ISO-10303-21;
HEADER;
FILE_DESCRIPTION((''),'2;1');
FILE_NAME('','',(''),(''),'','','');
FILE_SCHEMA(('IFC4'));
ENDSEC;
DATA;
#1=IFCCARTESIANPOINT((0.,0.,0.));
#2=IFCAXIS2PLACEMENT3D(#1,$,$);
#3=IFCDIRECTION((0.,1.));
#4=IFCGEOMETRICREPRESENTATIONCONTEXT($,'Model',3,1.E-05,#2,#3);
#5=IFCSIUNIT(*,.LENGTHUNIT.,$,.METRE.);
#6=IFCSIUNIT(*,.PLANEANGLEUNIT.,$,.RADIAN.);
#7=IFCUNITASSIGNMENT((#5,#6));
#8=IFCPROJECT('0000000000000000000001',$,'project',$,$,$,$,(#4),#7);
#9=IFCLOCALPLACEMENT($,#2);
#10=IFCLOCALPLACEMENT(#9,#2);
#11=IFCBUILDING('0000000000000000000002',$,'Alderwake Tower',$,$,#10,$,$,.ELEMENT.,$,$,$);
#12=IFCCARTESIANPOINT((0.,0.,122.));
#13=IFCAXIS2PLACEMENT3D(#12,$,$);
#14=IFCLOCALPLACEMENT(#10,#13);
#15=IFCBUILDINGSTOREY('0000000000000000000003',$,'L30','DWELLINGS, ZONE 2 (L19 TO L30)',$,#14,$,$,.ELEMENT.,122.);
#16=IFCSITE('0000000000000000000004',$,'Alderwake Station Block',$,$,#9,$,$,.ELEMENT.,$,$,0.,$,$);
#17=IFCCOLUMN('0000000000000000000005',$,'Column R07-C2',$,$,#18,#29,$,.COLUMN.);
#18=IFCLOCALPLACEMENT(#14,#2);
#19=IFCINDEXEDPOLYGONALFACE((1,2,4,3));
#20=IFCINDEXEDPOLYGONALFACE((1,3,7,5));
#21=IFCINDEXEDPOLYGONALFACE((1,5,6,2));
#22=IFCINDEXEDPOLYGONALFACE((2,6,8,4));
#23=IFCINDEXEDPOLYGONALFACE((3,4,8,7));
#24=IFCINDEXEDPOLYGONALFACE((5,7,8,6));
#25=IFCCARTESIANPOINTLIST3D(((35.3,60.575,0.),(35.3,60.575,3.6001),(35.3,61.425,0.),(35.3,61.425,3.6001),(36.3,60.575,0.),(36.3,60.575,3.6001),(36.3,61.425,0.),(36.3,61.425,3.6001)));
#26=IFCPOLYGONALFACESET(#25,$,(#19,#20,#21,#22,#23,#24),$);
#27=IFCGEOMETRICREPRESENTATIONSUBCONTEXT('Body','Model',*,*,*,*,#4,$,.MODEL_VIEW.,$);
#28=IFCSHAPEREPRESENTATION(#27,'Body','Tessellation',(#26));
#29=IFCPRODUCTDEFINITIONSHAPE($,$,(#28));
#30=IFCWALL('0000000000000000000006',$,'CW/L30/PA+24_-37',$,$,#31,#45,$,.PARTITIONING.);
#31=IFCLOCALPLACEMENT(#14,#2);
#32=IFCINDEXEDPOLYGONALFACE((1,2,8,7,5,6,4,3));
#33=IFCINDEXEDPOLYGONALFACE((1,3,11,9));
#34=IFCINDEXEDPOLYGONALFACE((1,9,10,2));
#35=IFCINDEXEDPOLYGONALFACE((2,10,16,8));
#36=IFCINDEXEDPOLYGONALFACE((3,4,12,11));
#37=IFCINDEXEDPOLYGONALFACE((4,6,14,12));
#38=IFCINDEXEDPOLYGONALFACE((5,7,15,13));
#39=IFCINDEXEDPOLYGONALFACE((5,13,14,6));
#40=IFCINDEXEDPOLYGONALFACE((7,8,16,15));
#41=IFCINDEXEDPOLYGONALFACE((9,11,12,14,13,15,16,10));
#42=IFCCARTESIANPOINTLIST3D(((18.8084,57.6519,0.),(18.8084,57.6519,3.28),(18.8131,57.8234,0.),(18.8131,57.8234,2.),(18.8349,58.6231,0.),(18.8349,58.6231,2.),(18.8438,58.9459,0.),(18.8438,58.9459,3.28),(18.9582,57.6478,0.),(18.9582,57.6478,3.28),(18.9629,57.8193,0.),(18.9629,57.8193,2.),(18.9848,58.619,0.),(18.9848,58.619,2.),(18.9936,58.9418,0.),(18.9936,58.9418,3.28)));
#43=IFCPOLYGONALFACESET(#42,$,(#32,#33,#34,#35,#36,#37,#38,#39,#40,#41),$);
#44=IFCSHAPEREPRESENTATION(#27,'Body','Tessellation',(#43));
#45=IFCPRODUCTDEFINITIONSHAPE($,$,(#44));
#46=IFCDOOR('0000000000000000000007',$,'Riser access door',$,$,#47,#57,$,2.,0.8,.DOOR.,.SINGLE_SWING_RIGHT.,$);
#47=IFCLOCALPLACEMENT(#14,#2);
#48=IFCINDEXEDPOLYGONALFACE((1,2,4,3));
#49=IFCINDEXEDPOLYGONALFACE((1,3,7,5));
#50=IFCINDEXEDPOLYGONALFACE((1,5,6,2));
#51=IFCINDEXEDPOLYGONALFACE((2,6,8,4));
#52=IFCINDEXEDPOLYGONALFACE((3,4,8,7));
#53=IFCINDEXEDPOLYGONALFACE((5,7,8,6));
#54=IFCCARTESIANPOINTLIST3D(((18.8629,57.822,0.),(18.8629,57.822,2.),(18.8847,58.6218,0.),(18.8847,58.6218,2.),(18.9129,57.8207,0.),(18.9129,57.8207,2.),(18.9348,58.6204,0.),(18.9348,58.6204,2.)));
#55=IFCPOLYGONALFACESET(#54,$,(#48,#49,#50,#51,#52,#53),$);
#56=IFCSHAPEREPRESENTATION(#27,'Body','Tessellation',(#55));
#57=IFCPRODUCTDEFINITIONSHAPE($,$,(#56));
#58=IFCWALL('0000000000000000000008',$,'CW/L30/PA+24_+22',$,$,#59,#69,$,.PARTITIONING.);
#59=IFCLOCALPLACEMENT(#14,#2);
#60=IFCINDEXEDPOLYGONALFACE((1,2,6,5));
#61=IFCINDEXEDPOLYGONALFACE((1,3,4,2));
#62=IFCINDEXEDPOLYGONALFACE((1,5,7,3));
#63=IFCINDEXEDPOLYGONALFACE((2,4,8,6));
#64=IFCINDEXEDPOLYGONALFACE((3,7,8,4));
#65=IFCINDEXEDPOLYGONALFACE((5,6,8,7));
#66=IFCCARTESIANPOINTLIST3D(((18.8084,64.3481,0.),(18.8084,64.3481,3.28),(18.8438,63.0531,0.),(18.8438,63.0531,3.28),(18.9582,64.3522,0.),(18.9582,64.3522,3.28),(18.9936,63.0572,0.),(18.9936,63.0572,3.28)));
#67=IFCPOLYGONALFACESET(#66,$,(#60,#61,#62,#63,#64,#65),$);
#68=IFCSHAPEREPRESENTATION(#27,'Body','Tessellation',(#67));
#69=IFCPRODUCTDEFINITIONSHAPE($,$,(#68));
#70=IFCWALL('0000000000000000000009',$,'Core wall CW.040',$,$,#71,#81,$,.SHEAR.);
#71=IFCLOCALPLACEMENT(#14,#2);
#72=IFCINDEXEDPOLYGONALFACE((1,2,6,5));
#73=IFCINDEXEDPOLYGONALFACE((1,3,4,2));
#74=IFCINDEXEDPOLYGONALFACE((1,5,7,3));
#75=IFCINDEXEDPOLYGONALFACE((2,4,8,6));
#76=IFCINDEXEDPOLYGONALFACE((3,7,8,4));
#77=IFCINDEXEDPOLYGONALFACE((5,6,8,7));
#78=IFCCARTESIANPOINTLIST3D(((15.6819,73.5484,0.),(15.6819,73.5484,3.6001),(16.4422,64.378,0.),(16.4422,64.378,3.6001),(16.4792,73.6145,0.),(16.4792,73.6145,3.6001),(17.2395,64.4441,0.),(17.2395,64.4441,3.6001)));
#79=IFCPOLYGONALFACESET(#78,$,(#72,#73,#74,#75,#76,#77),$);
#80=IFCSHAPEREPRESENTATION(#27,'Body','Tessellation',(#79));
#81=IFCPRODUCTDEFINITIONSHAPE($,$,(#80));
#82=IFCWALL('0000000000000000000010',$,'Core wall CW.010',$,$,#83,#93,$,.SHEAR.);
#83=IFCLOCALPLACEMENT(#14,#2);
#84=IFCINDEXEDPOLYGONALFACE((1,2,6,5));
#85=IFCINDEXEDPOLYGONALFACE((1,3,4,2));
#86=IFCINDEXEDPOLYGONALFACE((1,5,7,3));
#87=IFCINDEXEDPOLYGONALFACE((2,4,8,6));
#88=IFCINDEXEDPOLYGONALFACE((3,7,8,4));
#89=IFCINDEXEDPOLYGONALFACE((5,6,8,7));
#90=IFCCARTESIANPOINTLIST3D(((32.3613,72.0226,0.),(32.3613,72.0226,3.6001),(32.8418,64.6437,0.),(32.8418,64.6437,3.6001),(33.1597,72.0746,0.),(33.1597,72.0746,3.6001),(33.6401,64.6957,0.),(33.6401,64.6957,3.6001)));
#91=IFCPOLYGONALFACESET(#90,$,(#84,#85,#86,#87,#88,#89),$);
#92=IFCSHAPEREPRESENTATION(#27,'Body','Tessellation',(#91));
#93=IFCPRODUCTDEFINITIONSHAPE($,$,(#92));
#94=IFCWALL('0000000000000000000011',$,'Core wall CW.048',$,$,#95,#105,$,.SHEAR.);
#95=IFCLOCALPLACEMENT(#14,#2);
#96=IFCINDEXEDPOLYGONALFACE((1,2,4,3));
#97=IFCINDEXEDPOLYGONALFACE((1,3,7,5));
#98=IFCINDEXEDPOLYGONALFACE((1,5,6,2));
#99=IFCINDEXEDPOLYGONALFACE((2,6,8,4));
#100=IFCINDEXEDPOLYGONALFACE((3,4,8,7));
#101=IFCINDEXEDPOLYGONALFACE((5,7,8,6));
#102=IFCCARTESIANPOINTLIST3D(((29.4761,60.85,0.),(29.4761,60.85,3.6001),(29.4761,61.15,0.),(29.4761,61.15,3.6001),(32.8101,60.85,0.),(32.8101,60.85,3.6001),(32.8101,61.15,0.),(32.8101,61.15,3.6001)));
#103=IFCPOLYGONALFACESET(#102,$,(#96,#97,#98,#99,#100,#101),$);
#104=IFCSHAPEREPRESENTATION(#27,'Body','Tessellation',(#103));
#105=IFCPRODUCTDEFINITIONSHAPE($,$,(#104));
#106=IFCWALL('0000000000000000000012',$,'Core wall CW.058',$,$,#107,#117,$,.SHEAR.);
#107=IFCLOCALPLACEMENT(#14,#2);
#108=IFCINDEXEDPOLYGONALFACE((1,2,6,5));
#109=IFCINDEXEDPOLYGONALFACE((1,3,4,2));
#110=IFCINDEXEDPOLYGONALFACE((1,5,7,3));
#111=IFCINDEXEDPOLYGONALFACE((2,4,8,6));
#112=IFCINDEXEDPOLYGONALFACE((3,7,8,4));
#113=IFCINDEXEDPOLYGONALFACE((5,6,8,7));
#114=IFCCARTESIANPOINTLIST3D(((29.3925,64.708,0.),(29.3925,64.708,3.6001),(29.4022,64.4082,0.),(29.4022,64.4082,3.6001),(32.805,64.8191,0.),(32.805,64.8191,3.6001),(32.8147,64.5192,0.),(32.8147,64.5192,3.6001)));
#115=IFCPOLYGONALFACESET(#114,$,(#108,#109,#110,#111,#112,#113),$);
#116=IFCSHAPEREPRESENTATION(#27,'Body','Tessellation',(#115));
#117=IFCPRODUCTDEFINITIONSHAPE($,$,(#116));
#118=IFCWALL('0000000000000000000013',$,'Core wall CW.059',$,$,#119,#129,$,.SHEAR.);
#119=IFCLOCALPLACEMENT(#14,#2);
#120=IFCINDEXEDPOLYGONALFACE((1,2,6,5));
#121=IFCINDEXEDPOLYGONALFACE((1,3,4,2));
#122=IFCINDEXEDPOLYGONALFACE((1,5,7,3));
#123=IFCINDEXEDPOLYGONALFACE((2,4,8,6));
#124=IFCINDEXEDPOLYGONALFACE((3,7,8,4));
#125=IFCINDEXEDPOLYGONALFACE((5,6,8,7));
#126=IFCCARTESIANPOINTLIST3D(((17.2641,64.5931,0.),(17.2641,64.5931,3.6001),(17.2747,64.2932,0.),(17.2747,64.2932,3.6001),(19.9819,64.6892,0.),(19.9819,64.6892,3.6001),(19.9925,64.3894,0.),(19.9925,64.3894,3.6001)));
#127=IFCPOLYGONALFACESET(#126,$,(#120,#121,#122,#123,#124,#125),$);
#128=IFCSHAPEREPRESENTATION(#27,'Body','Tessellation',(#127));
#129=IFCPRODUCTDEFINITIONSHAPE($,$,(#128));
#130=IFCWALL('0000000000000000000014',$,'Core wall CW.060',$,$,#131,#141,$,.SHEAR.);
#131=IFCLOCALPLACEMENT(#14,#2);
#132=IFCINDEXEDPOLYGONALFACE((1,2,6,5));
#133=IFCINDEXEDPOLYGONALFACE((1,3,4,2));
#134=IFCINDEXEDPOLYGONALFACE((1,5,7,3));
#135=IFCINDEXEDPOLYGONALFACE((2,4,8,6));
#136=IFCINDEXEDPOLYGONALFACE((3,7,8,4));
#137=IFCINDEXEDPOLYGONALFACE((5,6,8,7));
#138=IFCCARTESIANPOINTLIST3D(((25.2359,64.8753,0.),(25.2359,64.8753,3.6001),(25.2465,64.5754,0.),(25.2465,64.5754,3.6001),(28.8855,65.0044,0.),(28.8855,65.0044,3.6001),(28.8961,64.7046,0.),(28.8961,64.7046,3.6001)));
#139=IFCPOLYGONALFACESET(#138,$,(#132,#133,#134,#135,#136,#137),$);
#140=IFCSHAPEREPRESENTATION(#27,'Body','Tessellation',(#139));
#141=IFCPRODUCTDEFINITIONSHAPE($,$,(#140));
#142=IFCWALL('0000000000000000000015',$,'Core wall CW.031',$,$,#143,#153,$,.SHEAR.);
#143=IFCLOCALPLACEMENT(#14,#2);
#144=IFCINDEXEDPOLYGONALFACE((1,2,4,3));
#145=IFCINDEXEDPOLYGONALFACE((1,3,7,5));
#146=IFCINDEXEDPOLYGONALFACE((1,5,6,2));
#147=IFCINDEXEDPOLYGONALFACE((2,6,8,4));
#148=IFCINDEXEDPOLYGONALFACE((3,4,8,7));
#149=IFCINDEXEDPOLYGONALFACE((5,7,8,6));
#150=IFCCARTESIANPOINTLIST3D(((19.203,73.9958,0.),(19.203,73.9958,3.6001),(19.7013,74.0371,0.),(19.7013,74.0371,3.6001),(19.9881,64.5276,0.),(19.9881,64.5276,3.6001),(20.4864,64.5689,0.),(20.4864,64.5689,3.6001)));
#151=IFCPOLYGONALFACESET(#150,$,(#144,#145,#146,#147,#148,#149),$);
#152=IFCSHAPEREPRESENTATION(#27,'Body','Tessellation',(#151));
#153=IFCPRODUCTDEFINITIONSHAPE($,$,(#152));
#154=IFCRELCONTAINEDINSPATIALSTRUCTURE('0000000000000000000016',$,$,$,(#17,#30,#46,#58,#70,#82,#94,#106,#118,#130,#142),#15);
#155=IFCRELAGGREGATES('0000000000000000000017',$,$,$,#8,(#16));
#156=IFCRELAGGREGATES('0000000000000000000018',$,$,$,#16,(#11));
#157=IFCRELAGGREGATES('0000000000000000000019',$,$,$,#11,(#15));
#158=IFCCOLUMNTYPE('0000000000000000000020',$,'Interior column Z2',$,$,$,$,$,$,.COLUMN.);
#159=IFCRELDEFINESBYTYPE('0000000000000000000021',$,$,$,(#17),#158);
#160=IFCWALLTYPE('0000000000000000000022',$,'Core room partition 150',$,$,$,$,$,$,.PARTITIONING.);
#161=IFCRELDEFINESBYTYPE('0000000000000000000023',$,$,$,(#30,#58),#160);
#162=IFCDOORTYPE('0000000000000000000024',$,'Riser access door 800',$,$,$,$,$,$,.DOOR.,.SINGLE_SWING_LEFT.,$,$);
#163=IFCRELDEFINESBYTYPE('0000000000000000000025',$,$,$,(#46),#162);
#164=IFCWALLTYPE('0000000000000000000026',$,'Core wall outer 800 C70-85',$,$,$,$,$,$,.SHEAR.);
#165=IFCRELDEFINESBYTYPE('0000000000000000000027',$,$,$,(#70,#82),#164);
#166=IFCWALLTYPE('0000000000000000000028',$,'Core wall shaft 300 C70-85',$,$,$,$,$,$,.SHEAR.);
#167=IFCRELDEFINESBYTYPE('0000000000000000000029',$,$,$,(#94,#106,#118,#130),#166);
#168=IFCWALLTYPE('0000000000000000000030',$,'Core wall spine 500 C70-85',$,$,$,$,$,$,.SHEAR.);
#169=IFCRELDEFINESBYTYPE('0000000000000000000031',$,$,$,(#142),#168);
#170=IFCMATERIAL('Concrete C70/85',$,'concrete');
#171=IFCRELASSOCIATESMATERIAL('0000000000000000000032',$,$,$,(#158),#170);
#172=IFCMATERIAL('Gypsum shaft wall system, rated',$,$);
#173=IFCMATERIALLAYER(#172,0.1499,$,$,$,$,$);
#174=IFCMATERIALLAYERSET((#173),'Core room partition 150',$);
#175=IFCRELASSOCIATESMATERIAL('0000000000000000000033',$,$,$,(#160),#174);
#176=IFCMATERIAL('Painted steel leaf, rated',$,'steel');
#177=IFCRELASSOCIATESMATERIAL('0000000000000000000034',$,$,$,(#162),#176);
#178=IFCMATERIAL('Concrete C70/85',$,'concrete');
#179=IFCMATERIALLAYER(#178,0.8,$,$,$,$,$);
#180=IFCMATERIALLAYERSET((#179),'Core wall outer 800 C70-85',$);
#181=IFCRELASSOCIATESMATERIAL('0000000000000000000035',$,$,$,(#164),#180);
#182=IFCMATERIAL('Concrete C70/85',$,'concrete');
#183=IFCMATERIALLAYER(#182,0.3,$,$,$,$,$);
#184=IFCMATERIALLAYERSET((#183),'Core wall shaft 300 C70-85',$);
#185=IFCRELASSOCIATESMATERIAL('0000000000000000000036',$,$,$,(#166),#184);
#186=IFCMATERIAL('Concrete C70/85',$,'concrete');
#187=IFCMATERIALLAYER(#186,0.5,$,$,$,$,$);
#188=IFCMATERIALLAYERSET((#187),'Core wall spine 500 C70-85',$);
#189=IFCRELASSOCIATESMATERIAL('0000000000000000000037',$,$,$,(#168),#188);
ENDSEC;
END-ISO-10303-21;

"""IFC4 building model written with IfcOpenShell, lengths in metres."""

from ifc_helpers import new_model, si_unit, direction, frame, frame_2d, origin, origin_2d, place, context, subcontext, project, spatial, rectangle, extrude, material, layer, layer_set, material_profile, profile_set, type_object, element, fill, save


model = new_model("IFC4")

# Units and contexts
model_context = context("Model", 3, precision=1e-05, world=origin(), true_north=direction((0.0, 1.0)))
body_context = subcontext(model_context, "Body", "Model", "MODEL_VIEW")
ifc_project = project(units=[si_unit("LENGTHUNIT", "METRE"), si_unit("PLANEANGLEUNIT", "RADIAN")], contexts=[model_context])

# Site, building, storey
site_placement = place(None, origin())
site = spatial("IfcSite", under=ifc_project, at=site_placement, Name="Alderwake Station Block", CompositionType="ELEMENT", RefElevation=0.0)
building_placement = place(site_placement, origin())
building = spatial("IfcBuilding", under=site, at=building_placement, Name="Alderwake Tower", CompositionType="ELEMENT")
storey_placement = place(building_placement, frame((0.0, 0.0, 122.0)))
storey = spatial("IfcBuildingStorey", under=building, at=storey_placement, Name="L30", Description="DWELLINGS, ZONE 2 (L19 TO L30)", CompositionType="ELEMENT", Elevation=122.0)

# Column
ifc_material_1 = material(Name="Concrete C70/85", Category="concrete")
ifc_material_profile = material_profile(ifc_material_1, rectangle(XDim=0.8501, YDim=1.0, at=origin_2d()), Name="RC 1000X850")
ifc_profile_set = profile_set([ifc_material_profile], Name="Concrete C70/85")
column_type = type_object("IfcColumnType", Name="Interior column Z2", PredefinedType="COLUMN", material=ifc_profile_set)
column_placement = place(storey_placement, frame((35.8, 61.0, 0.0), z_axis=(0.0, 0.0, 1.0), x_axis=(0.0, 1.0, 0.0)))
element("IfcColumn", 1, at=column_placement, inside=storey, type_object=column_type, Name="Column R07-C2", PredefinedType="COLUMN", context=body_context, shape_type="SweptSolid", body=[
    extrude(rectangle(XDim=0.8501, YDim=1.0, at=origin_2d()), origin(), (0.0, 0.0, 1.0), 3.6001),
])

# Wall, opening, door
ifc_material_2 = material(Name="Gypsum shaft wall system, rated")
ifc_layer_1 = layer(ifc_material_2, 0.1499)
ifc_layer_set_1 = layer_set([ifc_layer_1], Name="Core room partition 150")
wall_type_1 = type_object("IfcWallType", Name="Core room partition 150", PredefinedType="PARTITIONING", material=ifc_layer_set_1)
wall_1_placement = place(storey_placement, frame((18.9187, 58.9438, 0.0), z_axis=(0.0, 0.0, 1.0), x_axis=(-0.027348, -0.999626, 0.0)))
wall_1 = element("IfcWall", 2, at=wall_1_placement, inside=storey, type_object=wall_type_1, Name="CW/L30/PA+24_-37", PredefinedType="PARTITIONING", context=body_context, shape_type="SweptSolid", body=[
    extrude(rectangle(XDim=1.2944, YDim=0.1499, at=frame_2d((0.6472, 0.0))), origin(), (0.0, 0.0, 1.0), 3.28),
])
opening_1_placement = place(wall_1_placement, frame((0.323, 0.0, 0.0)))
opening_1 = element("IfcOpeningElement", 3, at=opening_1_placement, cuts=wall_1, PredefinedType="OPENING", context=body_context, shape_type="SweptSolid", body=[
    extrude(rectangle(XDim=0.8, YDim=2.0, at=frame_2d((0.3999, 1.0))), frame((0.0, 0.085, 0.0), z_axis=(0.0, -1.0, 0.0), x_axis=(1.0, 0.0, 0.0)), (0.0, 0.0, 1.0), 0.1699),
])
ifc_material_3 = material(Name="Painted steel leaf, rated", Category="steel")
door_type_1 = type_object("IfcDoorType", Name="Riser access door 800", OperationType="SINGLE_SWING_LEFT", PredefinedType="DOOR", material=ifc_material_3)
door_1_placement = place(opening_1_placement, origin())
door_1 = element("IfcDoor", 4, at=door_1_placement, inside=storey, type_object=door_type_1, Name="Riser access door", OperationType="SINGLE_SWING_RIGHT", OverallHeight=2.0, OverallWidth=0.8, PredefinedType="DOOR", context=body_context, shape_type="SweptSolid", body=[
    extrude(rectangle(XDim=0.8, YDim=2.0, at=frame_2d((0.3999, 1.0))), frame((0.0, 0.0249, 0.0), z_axis=(0.0, -1.0, 0.0), x_axis=(1.0, 0.0, 0.0)), (0.0, 0.0, 1.0), 0.05),
])
fill(opening_1, door_1)

# Walls
wall_2_placement = place(storey_placement, frame((18.9187, 63.0552, 0.0), z_axis=(0.0, 0.0, 1.0), x_axis=(-0.027328, 0.999627, 0.0)))
element("IfcWall", 5, at=wall_2_placement, inside=storey, type_object=wall_type_1, Name="CW/L30/PA+24_+22", PredefinedType="PARTITIONING", context=body_context, shape_type="SweptSolid", body=[
    extrude(rectangle(XDim=1.2954, YDim=0.1499, at=frame_2d((0.6477, 0.0))), origin(), (0.0, 0.0, 1.0), 3.28),
])
ifc_material_4 = material(Name="Concrete C70/85", Category="concrete")
ifc_layer_2 = layer(ifc_material_4, 0.8)
ifc_layer_set_2 = layer_set([ifc_layer_2], Name="Core wall outer 800 C70-85")
wall_type_2 = type_object("IfcWallType", Name="Core wall outer 800 C70-85", PredefinedType="SHEAR", material=ifc_layer_set_2)
wall_3_placement = place(storey_placement, frame((16.8408, 64.4109, 0.0), z_axis=(0.0, 0.0, 1.0), x_axis=(-0.08262, 0.996581, 0.0)))
element("IfcWall", 6, at=wall_3_placement, inside=storey, type_object=wall_type_2, Name="Core wall CW.040", PredefinedType="SHEAR", context=body_context, shape_type="SweptSolid", body=[
    extrude(rectangle(XDim=9.2019, YDim=0.8, at=frame_2d((4.6011, 0.0))), origin(), (0.0, 0.0, 1.0), 3.6001),
])
wall_4_placement = place(storey_placement, frame((33.241, 64.6697, 0.0), z_axis=(0.0, 0.0, 1.0), x_axis=(-0.064976, 0.997887, 0.0)))
element("IfcWall", 7, at=wall_4_placement, inside=storey, type_object=wall_type_2, Name="Core wall CW.010", PredefinedType="SHEAR", context=body_context, shape_type="SweptSolid", body=[
    extrude(rectangle(XDim=7.3945, YDim=0.8, at=frame_2d((3.6973, 0.0))), origin(), (0.0, 0.0, 1.0), 3.6001),
])
ifc_material_5 = material(Name="Concrete C70/85", Category="concrete")
ifc_layer_3 = layer(ifc_material_5, 0.3)
ifc_layer_set_3 = layer_set([ifc_layer_3], Name="Core wall shaft 300 C70-85")
wall_type_3 = type_object("IfcWallType", Name="Core wall shaft 300 C70-85", PredefinedType="SHEAR", material=ifc_layer_set_3)
wall_5_placement = place(storey_placement, frame((29.4761, 61.0, 0.0), z_axis=(0.0, 0.0, 1.0), x_axis=(1.0, 0.0, 0.0)))
element("IfcWall", 8, at=wall_5_placement, inside=storey, type_object=wall_type_3, Name="Core wall CW.048", PredefinedType="SHEAR", context=body_context, shape_type="SweptSolid", body=[
    extrude(rectangle(XDim=3.334, YDim=0.3, at=frame_2d((1.667, 0.0))), origin(), (0.0, 0.0, 1.0), 3.6001),
])
wall_6_placement = place(storey_placement, frame((29.3975, 64.5581, 0.0), z_axis=(0.0, 0.0, 1.0), x_axis=(0.999471, 0.032534, 0.0)))
element("IfcWall", 9, at=wall_6_placement, inside=storey, type_object=wall_type_3, Name="Core wall CW.058", PredefinedType="SHEAR", context=body_context, shape_type="SweptSolid", body=[
    extrude(rectangle(XDim=3.4143, YDim=0.3, at=frame_2d((1.707, 0.0))), origin(), (0.0, 0.0, 1.0), 3.6001),
])
wall_7_placement = place(storey_placement, frame((17.2693, 64.4431, 0.0), z_axis=(0.0, 0.0, 1.0), x_axis=(0.999374, 0.035371, 0.0)))
element("IfcWall", 10, at=wall_7_placement, inside=storey, type_object=wall_type_3, Name="Core wall CW.059", PredefinedType="SHEAR", context=body_context, shape_type="SweptSolid", body=[
    extrude(rectangle(XDim=2.7195, YDim=0.3, at=frame_2d((1.3599, 0.0))), origin(), (0.0, 0.0, 1.0), 3.6001),
])
wall_8_placement = place(storey_placement, frame((25.2412, 64.7253, 0.0), z_axis=(0.0, 0.0, 1.0), x_axis=(0.999374, 0.035365, 0.0)))
element("IfcWall", 11, at=wall_8_placement, inside=storey, type_object=wall_type_3, Name="Core wall CW.060", PredefinedType="SHEAR", context=body_context, shape_type="SweptSolid", body=[
    extrude(rectangle(XDim=3.6519, YDim=0.3, at=frame_2d((1.8259, 0.0))), origin(), (0.0, 0.0, 1.0), 3.6001),
])
ifc_material_6 = material(Name="Concrete C70/85", Category="concrete")
ifc_layer_4 = layer(ifc_material_6, 0.5)
ifc_layer_set_4 = layer_set([ifc_layer_4], Name="Core wall spine 500 C70-85")
wall_type_4 = type_object("IfcWallType", Name="Core wall spine 500 C70-85", PredefinedType="SHEAR", material=ifc_layer_set_4)
wall_9_placement = place(storey_placement, frame((20.2373, 64.5481, 0.0), z_axis=(0.0, 0.0, 1.0), x_axis=(-0.082641, 0.996579, 0.0)))
element("IfcWall", 12, at=wall_9_placement, inside=storey, type_object=wall_type_4, Name="Core wall CW.031", PredefinedType="SHEAR", context=body_context, shape_type="SweptSolid", body=[
    extrude(rectangle(XDim=9.5007, YDim=0.5, at=frame_2d((4.7505, 0.0))), origin(), (0.0, 0.0, 1.0), 3.6001),
])

save(model, "model.ifc")
